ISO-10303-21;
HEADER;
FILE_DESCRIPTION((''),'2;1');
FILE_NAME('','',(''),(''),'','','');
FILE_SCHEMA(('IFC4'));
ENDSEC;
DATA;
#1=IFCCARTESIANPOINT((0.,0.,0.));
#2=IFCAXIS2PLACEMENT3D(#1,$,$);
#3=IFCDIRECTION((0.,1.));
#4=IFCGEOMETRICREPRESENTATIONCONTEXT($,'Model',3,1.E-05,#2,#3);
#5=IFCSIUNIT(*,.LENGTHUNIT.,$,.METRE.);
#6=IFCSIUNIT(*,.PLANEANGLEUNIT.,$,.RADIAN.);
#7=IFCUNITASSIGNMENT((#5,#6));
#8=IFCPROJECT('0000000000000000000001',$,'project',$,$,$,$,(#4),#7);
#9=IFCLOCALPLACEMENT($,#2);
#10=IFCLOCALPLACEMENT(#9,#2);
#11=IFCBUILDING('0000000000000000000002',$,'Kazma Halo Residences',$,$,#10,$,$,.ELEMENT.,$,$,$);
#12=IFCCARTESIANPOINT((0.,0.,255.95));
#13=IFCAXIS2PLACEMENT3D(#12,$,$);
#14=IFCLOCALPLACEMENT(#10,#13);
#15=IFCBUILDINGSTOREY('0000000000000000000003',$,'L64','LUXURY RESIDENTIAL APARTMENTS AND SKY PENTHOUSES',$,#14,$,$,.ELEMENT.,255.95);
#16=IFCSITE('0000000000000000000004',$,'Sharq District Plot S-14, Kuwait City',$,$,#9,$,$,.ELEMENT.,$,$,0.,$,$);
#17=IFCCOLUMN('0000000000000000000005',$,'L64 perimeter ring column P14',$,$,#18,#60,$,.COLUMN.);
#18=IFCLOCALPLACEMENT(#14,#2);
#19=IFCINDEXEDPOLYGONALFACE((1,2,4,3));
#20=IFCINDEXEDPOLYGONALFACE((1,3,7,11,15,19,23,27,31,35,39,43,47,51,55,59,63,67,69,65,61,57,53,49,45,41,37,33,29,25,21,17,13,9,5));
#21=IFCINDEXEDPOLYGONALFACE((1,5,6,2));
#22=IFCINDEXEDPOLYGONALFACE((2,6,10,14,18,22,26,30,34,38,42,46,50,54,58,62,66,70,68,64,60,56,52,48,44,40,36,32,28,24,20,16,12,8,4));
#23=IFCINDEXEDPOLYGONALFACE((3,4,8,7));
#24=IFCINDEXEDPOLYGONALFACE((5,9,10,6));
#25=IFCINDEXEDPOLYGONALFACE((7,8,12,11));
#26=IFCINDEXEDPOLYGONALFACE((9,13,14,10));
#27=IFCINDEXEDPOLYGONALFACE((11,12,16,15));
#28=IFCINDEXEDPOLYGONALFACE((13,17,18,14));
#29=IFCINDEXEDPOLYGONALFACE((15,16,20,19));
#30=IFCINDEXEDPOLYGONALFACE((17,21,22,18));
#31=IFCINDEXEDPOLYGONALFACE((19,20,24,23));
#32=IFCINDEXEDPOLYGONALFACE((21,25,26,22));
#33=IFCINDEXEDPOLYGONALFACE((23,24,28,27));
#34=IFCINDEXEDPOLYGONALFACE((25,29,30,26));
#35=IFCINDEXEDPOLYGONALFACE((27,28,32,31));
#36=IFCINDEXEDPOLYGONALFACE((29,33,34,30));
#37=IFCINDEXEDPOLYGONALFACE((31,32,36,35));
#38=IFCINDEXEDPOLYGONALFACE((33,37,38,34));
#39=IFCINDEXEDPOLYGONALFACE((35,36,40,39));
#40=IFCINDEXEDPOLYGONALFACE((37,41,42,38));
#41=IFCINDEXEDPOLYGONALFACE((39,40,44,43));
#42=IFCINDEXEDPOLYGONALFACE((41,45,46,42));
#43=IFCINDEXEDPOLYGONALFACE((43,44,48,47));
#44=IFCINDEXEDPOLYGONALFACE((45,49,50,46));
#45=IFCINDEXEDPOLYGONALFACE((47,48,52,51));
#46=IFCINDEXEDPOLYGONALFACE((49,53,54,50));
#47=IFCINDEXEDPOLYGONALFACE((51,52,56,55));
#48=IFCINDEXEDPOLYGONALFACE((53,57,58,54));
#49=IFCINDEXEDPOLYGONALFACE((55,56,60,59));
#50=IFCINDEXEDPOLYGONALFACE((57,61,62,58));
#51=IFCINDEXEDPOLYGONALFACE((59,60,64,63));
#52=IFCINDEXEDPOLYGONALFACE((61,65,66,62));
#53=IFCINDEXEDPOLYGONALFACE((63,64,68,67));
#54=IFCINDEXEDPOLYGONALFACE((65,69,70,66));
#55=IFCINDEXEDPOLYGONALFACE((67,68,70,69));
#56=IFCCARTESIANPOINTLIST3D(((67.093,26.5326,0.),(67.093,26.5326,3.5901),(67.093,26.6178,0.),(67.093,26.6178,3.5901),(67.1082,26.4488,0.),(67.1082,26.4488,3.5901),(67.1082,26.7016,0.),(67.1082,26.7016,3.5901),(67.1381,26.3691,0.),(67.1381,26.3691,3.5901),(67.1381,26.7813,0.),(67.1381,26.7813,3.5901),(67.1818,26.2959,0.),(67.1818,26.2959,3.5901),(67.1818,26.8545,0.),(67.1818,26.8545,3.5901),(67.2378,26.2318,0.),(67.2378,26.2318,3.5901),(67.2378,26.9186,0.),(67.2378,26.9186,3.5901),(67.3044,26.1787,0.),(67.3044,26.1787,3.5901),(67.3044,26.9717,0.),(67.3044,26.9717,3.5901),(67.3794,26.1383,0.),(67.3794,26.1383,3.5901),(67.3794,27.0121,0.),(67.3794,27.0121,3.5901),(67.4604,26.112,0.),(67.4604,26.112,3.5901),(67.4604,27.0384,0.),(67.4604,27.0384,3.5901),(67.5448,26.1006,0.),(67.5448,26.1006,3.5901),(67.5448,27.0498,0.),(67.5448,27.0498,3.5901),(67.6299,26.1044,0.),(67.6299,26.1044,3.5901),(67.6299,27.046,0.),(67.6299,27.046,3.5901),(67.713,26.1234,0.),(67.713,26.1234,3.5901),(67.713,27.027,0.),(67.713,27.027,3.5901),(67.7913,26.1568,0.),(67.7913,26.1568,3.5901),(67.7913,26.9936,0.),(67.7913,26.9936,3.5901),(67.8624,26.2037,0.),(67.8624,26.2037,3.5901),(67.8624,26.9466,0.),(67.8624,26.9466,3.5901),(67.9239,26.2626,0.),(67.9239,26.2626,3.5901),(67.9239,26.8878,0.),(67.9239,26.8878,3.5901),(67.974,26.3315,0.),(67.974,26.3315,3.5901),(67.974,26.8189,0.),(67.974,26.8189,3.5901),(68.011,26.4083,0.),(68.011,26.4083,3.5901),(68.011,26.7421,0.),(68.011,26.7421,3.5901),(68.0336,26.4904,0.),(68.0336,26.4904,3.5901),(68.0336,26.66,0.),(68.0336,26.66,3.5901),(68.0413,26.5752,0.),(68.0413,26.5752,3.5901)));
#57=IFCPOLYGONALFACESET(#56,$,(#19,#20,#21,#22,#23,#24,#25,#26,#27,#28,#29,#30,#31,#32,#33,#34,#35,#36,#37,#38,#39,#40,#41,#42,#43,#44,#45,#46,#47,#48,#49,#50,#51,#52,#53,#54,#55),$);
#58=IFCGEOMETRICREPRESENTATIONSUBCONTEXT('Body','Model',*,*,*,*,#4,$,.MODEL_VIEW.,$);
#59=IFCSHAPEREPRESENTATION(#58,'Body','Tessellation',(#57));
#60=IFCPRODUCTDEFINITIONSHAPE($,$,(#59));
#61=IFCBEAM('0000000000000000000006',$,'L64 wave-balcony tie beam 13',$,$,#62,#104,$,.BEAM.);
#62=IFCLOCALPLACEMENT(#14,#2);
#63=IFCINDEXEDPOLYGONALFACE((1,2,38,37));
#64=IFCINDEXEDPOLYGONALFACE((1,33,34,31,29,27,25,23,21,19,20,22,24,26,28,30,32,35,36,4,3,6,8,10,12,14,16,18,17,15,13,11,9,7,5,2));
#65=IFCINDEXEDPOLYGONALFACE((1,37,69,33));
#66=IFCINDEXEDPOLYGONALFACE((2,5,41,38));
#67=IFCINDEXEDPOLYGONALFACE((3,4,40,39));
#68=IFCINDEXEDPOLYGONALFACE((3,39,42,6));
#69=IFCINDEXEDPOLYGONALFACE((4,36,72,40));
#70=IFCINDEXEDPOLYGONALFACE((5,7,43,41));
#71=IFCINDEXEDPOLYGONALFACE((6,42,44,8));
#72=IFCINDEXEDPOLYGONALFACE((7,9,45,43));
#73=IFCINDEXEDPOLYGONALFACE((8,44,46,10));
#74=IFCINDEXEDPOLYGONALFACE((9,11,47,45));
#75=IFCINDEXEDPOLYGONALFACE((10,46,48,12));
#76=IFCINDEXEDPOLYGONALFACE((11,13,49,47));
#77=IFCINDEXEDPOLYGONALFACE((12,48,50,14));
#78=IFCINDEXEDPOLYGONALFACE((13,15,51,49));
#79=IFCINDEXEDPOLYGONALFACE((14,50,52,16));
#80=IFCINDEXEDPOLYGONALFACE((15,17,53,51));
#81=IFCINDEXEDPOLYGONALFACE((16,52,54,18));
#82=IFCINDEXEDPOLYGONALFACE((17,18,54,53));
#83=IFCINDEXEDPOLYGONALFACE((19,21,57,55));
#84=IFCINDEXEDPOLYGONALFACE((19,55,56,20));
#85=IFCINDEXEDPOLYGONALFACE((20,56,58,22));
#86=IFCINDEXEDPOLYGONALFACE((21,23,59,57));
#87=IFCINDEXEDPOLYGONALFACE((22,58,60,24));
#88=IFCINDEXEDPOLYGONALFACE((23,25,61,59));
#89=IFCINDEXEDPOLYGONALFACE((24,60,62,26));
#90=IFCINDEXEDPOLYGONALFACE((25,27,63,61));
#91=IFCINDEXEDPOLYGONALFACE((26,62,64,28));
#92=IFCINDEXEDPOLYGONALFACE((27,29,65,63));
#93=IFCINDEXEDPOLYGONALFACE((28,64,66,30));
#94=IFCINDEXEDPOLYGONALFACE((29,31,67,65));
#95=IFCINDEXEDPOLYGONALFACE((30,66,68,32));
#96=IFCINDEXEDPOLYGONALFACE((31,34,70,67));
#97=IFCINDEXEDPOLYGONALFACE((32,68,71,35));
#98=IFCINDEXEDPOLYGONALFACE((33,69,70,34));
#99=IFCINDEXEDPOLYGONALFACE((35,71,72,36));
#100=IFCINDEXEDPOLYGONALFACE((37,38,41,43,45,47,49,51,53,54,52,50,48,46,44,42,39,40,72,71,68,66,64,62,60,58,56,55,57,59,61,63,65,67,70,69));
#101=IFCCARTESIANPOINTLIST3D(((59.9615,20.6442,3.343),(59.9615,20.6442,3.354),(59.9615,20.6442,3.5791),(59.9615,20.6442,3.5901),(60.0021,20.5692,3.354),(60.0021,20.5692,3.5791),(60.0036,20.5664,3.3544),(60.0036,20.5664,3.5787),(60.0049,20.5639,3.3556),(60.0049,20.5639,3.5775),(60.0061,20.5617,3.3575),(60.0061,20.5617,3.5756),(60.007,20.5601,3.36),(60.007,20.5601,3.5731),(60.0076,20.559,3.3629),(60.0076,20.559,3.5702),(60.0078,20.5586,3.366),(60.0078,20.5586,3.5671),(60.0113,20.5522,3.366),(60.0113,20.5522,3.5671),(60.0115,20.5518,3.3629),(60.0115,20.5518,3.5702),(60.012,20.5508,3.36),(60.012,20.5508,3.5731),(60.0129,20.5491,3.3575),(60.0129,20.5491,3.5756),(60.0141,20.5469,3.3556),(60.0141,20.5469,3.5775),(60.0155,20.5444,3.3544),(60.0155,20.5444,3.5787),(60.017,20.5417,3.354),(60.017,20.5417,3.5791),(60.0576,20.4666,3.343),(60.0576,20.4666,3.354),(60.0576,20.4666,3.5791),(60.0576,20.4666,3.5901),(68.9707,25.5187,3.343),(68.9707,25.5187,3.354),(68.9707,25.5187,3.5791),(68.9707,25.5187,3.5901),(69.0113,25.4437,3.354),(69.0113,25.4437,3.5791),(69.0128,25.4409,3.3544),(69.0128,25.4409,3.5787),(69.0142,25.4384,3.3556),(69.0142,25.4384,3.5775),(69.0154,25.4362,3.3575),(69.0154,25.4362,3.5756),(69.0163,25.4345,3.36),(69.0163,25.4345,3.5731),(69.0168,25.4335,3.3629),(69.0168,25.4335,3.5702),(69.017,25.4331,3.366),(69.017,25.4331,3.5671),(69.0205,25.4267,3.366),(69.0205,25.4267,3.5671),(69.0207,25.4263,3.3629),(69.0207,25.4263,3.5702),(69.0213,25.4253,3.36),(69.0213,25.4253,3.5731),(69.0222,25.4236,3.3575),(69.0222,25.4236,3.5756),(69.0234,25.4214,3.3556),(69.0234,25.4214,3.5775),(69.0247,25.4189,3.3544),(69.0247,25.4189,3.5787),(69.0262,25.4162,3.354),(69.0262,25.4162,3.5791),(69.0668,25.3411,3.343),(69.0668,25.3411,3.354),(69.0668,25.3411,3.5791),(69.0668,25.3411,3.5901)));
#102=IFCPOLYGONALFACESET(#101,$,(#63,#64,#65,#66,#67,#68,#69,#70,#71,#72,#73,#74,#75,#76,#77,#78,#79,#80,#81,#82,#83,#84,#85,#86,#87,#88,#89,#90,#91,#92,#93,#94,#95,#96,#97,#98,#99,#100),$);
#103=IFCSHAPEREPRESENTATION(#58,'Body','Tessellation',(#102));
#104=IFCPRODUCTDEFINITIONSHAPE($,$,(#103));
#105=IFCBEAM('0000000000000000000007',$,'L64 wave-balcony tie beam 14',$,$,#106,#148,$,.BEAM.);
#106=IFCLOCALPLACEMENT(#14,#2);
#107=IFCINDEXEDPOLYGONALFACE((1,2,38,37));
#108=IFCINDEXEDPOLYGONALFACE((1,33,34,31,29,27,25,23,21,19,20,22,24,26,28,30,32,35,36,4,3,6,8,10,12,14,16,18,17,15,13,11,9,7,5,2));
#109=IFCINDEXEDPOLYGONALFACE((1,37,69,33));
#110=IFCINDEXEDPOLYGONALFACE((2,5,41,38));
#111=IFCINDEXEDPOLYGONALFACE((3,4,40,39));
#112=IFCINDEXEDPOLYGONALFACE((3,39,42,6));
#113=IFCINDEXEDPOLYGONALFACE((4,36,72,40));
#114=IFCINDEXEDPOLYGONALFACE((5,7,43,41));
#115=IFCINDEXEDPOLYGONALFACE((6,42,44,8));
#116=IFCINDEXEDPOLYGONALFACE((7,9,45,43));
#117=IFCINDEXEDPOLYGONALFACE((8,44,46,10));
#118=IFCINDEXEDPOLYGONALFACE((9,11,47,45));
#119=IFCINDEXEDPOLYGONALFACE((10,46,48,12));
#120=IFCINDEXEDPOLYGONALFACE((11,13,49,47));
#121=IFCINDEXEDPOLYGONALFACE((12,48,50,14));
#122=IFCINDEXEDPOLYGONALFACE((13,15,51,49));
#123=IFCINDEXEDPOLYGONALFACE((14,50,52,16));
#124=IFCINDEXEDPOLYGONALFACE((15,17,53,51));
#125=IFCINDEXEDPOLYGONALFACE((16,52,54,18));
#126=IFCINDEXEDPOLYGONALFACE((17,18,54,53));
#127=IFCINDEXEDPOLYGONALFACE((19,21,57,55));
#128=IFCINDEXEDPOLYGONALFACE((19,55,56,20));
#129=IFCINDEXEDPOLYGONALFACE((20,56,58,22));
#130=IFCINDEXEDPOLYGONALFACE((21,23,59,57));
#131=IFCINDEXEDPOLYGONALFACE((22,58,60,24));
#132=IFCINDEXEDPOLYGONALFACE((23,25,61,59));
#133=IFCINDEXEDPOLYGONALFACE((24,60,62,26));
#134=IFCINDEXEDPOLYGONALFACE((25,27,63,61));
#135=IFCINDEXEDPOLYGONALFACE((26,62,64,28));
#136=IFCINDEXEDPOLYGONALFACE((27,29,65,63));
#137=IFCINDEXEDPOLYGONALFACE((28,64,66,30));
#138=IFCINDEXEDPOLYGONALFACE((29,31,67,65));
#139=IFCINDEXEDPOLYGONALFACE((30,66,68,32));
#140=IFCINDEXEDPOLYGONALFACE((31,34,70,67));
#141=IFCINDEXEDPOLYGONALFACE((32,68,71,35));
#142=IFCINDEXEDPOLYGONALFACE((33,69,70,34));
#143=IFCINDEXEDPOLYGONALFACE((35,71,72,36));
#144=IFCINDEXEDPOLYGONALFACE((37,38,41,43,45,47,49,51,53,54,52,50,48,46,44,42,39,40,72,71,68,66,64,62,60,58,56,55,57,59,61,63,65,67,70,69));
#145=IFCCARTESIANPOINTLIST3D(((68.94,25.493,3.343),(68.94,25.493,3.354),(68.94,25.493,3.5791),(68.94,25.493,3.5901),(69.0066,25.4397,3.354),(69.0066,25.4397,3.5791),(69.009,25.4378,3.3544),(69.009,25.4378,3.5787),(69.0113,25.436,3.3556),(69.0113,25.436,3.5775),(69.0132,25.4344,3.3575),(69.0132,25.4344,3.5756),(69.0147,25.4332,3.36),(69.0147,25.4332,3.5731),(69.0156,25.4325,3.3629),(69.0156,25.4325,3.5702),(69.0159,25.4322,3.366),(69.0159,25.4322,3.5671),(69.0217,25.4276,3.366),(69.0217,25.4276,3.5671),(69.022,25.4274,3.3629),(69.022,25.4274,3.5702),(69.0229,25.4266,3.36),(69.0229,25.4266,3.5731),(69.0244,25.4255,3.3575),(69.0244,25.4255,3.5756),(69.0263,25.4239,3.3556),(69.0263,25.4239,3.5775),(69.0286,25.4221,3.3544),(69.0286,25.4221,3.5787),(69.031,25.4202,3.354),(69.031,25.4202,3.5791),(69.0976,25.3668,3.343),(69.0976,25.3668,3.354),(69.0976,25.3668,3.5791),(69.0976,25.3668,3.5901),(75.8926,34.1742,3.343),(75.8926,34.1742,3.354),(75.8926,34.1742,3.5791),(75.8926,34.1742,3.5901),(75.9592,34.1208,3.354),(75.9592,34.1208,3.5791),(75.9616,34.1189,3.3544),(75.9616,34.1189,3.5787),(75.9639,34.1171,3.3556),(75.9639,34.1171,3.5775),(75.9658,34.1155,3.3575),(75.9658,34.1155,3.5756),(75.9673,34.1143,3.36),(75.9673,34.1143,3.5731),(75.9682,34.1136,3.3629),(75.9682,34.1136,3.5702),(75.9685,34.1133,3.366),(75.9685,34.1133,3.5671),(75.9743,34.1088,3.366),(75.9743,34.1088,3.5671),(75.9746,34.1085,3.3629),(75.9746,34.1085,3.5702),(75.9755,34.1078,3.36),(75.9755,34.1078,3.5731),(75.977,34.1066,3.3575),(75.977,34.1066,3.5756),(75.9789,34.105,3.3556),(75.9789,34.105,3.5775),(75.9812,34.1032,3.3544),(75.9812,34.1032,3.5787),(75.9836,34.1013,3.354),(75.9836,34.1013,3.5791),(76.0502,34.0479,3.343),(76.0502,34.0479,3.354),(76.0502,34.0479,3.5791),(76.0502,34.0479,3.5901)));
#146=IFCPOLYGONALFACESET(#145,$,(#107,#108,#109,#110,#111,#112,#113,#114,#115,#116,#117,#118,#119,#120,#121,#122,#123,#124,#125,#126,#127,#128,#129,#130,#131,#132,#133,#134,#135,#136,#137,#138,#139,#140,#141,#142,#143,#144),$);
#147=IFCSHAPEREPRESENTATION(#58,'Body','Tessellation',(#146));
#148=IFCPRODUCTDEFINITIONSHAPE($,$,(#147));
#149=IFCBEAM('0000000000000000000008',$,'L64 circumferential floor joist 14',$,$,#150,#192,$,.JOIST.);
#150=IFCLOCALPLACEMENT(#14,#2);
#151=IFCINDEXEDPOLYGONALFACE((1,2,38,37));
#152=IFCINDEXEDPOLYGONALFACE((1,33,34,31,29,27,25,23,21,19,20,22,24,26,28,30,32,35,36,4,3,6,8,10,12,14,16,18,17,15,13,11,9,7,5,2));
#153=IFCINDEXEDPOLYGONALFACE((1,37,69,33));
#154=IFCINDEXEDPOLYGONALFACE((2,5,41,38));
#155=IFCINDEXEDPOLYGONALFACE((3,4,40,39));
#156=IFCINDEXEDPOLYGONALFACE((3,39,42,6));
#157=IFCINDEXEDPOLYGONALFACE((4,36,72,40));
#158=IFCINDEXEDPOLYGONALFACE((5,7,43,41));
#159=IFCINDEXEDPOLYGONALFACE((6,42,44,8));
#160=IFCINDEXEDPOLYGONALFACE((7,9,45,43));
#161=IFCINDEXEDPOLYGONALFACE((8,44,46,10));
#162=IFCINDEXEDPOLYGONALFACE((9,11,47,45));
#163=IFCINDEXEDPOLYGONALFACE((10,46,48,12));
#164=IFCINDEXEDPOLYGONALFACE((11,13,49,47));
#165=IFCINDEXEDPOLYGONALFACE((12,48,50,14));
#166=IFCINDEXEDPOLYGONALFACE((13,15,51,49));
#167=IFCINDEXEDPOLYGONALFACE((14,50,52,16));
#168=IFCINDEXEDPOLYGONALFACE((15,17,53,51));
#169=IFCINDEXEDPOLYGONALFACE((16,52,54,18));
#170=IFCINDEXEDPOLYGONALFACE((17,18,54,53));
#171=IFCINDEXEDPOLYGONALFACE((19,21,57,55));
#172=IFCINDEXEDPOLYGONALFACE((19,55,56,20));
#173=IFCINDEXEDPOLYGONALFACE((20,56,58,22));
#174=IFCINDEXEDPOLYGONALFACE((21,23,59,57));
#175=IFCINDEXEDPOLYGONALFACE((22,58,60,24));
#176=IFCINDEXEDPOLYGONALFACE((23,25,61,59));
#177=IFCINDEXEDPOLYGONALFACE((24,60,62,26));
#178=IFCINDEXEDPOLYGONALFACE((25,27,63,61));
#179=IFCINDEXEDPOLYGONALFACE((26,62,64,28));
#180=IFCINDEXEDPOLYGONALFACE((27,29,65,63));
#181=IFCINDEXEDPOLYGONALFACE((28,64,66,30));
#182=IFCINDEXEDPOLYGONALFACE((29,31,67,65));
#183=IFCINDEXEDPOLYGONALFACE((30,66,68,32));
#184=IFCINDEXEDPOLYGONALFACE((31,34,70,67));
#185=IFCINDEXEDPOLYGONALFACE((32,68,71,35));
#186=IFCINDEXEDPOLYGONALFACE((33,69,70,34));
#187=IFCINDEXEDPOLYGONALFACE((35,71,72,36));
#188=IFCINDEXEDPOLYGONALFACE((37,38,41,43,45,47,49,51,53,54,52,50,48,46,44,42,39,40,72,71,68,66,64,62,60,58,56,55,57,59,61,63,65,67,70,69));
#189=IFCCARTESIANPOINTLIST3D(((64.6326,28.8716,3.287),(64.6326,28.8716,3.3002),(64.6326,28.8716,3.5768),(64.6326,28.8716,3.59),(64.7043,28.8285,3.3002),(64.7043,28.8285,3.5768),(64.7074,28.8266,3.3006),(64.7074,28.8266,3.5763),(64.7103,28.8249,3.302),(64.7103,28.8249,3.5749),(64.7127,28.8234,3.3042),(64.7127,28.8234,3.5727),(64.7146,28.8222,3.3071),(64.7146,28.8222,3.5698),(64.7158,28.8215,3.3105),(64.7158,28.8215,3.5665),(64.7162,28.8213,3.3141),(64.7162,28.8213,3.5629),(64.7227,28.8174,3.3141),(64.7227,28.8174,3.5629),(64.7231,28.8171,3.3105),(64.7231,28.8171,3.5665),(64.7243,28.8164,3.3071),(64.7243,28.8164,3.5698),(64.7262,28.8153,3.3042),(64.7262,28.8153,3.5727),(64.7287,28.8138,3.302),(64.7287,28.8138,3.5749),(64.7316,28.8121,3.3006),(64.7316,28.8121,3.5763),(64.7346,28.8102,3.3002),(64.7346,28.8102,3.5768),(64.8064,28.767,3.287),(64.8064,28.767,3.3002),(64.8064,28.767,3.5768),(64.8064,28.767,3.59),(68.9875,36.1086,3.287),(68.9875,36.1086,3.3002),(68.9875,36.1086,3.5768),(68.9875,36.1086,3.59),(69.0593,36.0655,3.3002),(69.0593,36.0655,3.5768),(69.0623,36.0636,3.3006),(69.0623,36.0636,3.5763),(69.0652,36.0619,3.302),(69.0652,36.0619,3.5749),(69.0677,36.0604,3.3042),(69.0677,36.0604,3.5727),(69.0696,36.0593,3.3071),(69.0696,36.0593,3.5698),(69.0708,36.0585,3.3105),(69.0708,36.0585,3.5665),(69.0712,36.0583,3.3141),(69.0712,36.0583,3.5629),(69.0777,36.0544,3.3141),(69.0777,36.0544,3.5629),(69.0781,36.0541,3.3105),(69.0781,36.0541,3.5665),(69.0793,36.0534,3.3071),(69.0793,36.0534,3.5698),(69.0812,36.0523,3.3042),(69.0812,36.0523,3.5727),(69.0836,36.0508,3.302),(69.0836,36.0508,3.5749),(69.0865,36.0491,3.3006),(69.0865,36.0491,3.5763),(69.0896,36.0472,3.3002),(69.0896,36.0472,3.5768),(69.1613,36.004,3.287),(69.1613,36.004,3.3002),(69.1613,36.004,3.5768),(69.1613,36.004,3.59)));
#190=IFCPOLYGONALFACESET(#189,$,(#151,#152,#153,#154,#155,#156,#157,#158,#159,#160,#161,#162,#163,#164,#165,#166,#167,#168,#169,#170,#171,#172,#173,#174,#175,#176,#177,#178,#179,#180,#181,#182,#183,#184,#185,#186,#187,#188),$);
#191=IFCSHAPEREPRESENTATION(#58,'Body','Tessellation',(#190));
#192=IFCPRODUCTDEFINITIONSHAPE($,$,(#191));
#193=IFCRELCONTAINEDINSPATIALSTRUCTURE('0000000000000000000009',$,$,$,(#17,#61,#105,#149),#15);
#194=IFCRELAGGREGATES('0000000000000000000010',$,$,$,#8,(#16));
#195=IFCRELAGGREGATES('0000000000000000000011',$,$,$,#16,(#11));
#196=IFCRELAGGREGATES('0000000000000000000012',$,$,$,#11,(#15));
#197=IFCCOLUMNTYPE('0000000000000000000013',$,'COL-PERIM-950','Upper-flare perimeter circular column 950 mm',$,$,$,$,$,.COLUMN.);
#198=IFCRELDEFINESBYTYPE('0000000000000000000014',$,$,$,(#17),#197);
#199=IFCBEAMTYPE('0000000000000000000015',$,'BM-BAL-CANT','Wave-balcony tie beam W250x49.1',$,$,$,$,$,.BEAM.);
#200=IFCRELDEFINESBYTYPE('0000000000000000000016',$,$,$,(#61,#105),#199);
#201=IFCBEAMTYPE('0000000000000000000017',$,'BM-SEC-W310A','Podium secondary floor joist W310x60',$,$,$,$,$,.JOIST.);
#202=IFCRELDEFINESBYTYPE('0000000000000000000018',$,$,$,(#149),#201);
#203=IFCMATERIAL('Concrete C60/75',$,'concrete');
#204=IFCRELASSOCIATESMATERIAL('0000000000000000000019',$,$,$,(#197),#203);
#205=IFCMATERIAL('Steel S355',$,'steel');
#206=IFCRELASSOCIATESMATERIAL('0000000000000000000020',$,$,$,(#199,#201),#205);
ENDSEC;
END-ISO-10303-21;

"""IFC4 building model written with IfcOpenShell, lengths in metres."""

from ifc_helpers import new_model, si_unit, direction, frame, origin, origin_2d, place, context, subcontext, project, spatial, circle, i_section, extrude, material, material_profile, profile_set, type_object, element, save


model = new_model("IFC4")

# Units and contexts
model_context = context("Model", 3, precision=1e-05, world=origin(), true_north=direction((0.0, 1.0)))
body_context = subcontext(model_context, "Body", "Model", "MODEL_VIEW")
ifc_project = project(units=[si_unit("LENGTHUNIT", "METRE"), si_unit("PLANEANGLEUNIT", "RADIAN")], contexts=[model_context])

# Site, building, storey
site_placement = place(None, origin())
site = spatial("IfcSite", under=ifc_project, at=site_placement, Name="Sharq District Plot S-14, Kuwait City", CompositionType="ELEMENT", RefElevation=0.0)
building_placement = place(site_placement, origin())
building = spatial("IfcBuilding", under=site, at=building_placement, Name="Kazma Halo Residences", CompositionType="ELEMENT")
storey_placement = place(building_placement, frame((0.0, 0.0, 255.95)))
storey = spatial("IfcBuildingStorey", under=building, at=storey_placement, Name="L64", Description="LUXURY RESIDENTIAL APARTMENTS AND SKY PENTHOUSES", CompositionType="ELEMENT", Elevation=255.95)

# Column
ifc_material_1 = material(Name="Concrete C60/75", Category="concrete")
ifc_material_profile_1 = material_profile(ifc_material_1, circle(Radius=0.4751, at=origin_2d()), Name="CIRC950")
ifc_profile_set_1 = profile_set([ifc_material_profile_1], Name="Concrete C60/75")
column_type = type_object("IfcColumnType", Name="COL-PERIM-950", Description="Upper-flare perimeter circular column 950 mm", PredefinedType="COLUMN", material=ifc_profile_set_1)
column_placement = place(storey_placement, frame((67.5662, 26.5752, 0.0), z_axis=(0.0, 0.0, 1.0), x_axis=(1.0, 0.0, 0.0)))
element("IfcColumn", 1, at=column_placement, inside=storey, type_object=column_type, Name="L64 perimeter ring column P14", PredefinedType="COLUMN", context=body_context, shape_type="SweptSolid", body=[
    extrude(circle(Radius=0.4751, at=origin_2d()), origin(), (0.0, 0.0, 1.0), 3.5901),
])

# Beams
ifc_material_2 = material(Name="Steel S355", Category="steel")
ifc_material_profile_2 = material_profile(ifc_material_2, i_section(OverallWidth=0.2019, OverallDepth=0.2471, WebThickness=0.0073, FlangeThickness=0.011, FilletRadius=0.012, at=origin_2d()), Name="W250x49.1")
ifc_profile_set_2 = profile_set([ifc_material_profile_2], Name="Steel S355")
beam_type_1 = type_object("IfcBeamType", Name="BM-BAL-CANT", Description="Wave-balcony tie beam W250x49.1", PredefinedType="BEAM", material=ifc_profile_set_2)
beam_1_placement = place(storey_placement, frame((60.0095, 20.5554, 3.4666), z_axis=(0.879517, 0.475867, 0.0), x_axis=(-0.475867, 0.879517, 0.0)))
element("IfcBeam", 2, at=beam_1_placement, inside=storey, type_object=beam_type_1, Name="L64 wave-balcony tie beam 13", PredefinedType="BEAM", context=body_context, shape_type="SweptSolid", body=[
    extrude(i_section(OverallWidth=0.2019, OverallDepth=0.2471, WebThickness=0.0073, FlangeThickness=0.011, FilletRadius=0.012, at=origin_2d()), origin(), (0.0, 0.0, 1.0), 10.2434),
])
beam_2_placement = place(storey_placement, frame((69.0188, 25.4299, 3.4666), z_axis=(0.625118, 0.78053, 0.0), x_axis=(-0.78053, 0.625118, 0.0)))
element("IfcBeam", 3, at=beam_2_placement, inside=storey, type_object=beam_type_1, Name="L64 wave-balcony tie beam 14", PredefinedType="BEAM", context=body_context, shape_type="SweptSolid", body=[
    extrude(i_section(OverallWidth=0.2019, OverallDepth=0.2471, WebThickness=0.0073, FlangeThickness=0.011, FilletRadius=0.012, at=origin_2d()), origin(), (0.0, 0.0, 1.0), 11.1221),
])
ifc_material_profile_3 = material_profile(ifc_material_2, i_section(OverallWidth=0.2029, OverallDepth=0.303, WebThickness=0.0076, FlangeThickness=0.0132, FilletRadius=0.0139, at=origin_2d()), Name="W310x60")
ifc_profile_set_3 = profile_set([ifc_material_profile_3], Name="Steel S355")
beam_type_2 = type_object("IfcBeamType", Name="BM-SEC-W310A", Description="Podium secondary floor joist W310x60", PredefinedType="JOIST", material=ifc_profile_set_3)
beam_3_placement = place(storey_placement, frame((64.7195, 28.8193, 3.4385), z_axis=(0.515605, 0.856827, 0.0), x_axis=(-0.856827, 0.515605, 0.0)))
element("IfcBeam", 4, at=beam_3_placement, inside=storey, type_object=beam_type_2, Name="L64 circumferential floor joist 14", PredefinedType="JOIST", context=body_context, shape_type="SweptSolid", body=[
    extrude(i_section(OverallWidth=0.2029, OverallDepth=0.303, WebThickness=0.0076, FlangeThickness=0.0132, FilletRadius=0.0139, at=origin_2d()), origin(), (0.0, 0.0, 1.0), 8.4463),
])

save(model, "model.ifc")
